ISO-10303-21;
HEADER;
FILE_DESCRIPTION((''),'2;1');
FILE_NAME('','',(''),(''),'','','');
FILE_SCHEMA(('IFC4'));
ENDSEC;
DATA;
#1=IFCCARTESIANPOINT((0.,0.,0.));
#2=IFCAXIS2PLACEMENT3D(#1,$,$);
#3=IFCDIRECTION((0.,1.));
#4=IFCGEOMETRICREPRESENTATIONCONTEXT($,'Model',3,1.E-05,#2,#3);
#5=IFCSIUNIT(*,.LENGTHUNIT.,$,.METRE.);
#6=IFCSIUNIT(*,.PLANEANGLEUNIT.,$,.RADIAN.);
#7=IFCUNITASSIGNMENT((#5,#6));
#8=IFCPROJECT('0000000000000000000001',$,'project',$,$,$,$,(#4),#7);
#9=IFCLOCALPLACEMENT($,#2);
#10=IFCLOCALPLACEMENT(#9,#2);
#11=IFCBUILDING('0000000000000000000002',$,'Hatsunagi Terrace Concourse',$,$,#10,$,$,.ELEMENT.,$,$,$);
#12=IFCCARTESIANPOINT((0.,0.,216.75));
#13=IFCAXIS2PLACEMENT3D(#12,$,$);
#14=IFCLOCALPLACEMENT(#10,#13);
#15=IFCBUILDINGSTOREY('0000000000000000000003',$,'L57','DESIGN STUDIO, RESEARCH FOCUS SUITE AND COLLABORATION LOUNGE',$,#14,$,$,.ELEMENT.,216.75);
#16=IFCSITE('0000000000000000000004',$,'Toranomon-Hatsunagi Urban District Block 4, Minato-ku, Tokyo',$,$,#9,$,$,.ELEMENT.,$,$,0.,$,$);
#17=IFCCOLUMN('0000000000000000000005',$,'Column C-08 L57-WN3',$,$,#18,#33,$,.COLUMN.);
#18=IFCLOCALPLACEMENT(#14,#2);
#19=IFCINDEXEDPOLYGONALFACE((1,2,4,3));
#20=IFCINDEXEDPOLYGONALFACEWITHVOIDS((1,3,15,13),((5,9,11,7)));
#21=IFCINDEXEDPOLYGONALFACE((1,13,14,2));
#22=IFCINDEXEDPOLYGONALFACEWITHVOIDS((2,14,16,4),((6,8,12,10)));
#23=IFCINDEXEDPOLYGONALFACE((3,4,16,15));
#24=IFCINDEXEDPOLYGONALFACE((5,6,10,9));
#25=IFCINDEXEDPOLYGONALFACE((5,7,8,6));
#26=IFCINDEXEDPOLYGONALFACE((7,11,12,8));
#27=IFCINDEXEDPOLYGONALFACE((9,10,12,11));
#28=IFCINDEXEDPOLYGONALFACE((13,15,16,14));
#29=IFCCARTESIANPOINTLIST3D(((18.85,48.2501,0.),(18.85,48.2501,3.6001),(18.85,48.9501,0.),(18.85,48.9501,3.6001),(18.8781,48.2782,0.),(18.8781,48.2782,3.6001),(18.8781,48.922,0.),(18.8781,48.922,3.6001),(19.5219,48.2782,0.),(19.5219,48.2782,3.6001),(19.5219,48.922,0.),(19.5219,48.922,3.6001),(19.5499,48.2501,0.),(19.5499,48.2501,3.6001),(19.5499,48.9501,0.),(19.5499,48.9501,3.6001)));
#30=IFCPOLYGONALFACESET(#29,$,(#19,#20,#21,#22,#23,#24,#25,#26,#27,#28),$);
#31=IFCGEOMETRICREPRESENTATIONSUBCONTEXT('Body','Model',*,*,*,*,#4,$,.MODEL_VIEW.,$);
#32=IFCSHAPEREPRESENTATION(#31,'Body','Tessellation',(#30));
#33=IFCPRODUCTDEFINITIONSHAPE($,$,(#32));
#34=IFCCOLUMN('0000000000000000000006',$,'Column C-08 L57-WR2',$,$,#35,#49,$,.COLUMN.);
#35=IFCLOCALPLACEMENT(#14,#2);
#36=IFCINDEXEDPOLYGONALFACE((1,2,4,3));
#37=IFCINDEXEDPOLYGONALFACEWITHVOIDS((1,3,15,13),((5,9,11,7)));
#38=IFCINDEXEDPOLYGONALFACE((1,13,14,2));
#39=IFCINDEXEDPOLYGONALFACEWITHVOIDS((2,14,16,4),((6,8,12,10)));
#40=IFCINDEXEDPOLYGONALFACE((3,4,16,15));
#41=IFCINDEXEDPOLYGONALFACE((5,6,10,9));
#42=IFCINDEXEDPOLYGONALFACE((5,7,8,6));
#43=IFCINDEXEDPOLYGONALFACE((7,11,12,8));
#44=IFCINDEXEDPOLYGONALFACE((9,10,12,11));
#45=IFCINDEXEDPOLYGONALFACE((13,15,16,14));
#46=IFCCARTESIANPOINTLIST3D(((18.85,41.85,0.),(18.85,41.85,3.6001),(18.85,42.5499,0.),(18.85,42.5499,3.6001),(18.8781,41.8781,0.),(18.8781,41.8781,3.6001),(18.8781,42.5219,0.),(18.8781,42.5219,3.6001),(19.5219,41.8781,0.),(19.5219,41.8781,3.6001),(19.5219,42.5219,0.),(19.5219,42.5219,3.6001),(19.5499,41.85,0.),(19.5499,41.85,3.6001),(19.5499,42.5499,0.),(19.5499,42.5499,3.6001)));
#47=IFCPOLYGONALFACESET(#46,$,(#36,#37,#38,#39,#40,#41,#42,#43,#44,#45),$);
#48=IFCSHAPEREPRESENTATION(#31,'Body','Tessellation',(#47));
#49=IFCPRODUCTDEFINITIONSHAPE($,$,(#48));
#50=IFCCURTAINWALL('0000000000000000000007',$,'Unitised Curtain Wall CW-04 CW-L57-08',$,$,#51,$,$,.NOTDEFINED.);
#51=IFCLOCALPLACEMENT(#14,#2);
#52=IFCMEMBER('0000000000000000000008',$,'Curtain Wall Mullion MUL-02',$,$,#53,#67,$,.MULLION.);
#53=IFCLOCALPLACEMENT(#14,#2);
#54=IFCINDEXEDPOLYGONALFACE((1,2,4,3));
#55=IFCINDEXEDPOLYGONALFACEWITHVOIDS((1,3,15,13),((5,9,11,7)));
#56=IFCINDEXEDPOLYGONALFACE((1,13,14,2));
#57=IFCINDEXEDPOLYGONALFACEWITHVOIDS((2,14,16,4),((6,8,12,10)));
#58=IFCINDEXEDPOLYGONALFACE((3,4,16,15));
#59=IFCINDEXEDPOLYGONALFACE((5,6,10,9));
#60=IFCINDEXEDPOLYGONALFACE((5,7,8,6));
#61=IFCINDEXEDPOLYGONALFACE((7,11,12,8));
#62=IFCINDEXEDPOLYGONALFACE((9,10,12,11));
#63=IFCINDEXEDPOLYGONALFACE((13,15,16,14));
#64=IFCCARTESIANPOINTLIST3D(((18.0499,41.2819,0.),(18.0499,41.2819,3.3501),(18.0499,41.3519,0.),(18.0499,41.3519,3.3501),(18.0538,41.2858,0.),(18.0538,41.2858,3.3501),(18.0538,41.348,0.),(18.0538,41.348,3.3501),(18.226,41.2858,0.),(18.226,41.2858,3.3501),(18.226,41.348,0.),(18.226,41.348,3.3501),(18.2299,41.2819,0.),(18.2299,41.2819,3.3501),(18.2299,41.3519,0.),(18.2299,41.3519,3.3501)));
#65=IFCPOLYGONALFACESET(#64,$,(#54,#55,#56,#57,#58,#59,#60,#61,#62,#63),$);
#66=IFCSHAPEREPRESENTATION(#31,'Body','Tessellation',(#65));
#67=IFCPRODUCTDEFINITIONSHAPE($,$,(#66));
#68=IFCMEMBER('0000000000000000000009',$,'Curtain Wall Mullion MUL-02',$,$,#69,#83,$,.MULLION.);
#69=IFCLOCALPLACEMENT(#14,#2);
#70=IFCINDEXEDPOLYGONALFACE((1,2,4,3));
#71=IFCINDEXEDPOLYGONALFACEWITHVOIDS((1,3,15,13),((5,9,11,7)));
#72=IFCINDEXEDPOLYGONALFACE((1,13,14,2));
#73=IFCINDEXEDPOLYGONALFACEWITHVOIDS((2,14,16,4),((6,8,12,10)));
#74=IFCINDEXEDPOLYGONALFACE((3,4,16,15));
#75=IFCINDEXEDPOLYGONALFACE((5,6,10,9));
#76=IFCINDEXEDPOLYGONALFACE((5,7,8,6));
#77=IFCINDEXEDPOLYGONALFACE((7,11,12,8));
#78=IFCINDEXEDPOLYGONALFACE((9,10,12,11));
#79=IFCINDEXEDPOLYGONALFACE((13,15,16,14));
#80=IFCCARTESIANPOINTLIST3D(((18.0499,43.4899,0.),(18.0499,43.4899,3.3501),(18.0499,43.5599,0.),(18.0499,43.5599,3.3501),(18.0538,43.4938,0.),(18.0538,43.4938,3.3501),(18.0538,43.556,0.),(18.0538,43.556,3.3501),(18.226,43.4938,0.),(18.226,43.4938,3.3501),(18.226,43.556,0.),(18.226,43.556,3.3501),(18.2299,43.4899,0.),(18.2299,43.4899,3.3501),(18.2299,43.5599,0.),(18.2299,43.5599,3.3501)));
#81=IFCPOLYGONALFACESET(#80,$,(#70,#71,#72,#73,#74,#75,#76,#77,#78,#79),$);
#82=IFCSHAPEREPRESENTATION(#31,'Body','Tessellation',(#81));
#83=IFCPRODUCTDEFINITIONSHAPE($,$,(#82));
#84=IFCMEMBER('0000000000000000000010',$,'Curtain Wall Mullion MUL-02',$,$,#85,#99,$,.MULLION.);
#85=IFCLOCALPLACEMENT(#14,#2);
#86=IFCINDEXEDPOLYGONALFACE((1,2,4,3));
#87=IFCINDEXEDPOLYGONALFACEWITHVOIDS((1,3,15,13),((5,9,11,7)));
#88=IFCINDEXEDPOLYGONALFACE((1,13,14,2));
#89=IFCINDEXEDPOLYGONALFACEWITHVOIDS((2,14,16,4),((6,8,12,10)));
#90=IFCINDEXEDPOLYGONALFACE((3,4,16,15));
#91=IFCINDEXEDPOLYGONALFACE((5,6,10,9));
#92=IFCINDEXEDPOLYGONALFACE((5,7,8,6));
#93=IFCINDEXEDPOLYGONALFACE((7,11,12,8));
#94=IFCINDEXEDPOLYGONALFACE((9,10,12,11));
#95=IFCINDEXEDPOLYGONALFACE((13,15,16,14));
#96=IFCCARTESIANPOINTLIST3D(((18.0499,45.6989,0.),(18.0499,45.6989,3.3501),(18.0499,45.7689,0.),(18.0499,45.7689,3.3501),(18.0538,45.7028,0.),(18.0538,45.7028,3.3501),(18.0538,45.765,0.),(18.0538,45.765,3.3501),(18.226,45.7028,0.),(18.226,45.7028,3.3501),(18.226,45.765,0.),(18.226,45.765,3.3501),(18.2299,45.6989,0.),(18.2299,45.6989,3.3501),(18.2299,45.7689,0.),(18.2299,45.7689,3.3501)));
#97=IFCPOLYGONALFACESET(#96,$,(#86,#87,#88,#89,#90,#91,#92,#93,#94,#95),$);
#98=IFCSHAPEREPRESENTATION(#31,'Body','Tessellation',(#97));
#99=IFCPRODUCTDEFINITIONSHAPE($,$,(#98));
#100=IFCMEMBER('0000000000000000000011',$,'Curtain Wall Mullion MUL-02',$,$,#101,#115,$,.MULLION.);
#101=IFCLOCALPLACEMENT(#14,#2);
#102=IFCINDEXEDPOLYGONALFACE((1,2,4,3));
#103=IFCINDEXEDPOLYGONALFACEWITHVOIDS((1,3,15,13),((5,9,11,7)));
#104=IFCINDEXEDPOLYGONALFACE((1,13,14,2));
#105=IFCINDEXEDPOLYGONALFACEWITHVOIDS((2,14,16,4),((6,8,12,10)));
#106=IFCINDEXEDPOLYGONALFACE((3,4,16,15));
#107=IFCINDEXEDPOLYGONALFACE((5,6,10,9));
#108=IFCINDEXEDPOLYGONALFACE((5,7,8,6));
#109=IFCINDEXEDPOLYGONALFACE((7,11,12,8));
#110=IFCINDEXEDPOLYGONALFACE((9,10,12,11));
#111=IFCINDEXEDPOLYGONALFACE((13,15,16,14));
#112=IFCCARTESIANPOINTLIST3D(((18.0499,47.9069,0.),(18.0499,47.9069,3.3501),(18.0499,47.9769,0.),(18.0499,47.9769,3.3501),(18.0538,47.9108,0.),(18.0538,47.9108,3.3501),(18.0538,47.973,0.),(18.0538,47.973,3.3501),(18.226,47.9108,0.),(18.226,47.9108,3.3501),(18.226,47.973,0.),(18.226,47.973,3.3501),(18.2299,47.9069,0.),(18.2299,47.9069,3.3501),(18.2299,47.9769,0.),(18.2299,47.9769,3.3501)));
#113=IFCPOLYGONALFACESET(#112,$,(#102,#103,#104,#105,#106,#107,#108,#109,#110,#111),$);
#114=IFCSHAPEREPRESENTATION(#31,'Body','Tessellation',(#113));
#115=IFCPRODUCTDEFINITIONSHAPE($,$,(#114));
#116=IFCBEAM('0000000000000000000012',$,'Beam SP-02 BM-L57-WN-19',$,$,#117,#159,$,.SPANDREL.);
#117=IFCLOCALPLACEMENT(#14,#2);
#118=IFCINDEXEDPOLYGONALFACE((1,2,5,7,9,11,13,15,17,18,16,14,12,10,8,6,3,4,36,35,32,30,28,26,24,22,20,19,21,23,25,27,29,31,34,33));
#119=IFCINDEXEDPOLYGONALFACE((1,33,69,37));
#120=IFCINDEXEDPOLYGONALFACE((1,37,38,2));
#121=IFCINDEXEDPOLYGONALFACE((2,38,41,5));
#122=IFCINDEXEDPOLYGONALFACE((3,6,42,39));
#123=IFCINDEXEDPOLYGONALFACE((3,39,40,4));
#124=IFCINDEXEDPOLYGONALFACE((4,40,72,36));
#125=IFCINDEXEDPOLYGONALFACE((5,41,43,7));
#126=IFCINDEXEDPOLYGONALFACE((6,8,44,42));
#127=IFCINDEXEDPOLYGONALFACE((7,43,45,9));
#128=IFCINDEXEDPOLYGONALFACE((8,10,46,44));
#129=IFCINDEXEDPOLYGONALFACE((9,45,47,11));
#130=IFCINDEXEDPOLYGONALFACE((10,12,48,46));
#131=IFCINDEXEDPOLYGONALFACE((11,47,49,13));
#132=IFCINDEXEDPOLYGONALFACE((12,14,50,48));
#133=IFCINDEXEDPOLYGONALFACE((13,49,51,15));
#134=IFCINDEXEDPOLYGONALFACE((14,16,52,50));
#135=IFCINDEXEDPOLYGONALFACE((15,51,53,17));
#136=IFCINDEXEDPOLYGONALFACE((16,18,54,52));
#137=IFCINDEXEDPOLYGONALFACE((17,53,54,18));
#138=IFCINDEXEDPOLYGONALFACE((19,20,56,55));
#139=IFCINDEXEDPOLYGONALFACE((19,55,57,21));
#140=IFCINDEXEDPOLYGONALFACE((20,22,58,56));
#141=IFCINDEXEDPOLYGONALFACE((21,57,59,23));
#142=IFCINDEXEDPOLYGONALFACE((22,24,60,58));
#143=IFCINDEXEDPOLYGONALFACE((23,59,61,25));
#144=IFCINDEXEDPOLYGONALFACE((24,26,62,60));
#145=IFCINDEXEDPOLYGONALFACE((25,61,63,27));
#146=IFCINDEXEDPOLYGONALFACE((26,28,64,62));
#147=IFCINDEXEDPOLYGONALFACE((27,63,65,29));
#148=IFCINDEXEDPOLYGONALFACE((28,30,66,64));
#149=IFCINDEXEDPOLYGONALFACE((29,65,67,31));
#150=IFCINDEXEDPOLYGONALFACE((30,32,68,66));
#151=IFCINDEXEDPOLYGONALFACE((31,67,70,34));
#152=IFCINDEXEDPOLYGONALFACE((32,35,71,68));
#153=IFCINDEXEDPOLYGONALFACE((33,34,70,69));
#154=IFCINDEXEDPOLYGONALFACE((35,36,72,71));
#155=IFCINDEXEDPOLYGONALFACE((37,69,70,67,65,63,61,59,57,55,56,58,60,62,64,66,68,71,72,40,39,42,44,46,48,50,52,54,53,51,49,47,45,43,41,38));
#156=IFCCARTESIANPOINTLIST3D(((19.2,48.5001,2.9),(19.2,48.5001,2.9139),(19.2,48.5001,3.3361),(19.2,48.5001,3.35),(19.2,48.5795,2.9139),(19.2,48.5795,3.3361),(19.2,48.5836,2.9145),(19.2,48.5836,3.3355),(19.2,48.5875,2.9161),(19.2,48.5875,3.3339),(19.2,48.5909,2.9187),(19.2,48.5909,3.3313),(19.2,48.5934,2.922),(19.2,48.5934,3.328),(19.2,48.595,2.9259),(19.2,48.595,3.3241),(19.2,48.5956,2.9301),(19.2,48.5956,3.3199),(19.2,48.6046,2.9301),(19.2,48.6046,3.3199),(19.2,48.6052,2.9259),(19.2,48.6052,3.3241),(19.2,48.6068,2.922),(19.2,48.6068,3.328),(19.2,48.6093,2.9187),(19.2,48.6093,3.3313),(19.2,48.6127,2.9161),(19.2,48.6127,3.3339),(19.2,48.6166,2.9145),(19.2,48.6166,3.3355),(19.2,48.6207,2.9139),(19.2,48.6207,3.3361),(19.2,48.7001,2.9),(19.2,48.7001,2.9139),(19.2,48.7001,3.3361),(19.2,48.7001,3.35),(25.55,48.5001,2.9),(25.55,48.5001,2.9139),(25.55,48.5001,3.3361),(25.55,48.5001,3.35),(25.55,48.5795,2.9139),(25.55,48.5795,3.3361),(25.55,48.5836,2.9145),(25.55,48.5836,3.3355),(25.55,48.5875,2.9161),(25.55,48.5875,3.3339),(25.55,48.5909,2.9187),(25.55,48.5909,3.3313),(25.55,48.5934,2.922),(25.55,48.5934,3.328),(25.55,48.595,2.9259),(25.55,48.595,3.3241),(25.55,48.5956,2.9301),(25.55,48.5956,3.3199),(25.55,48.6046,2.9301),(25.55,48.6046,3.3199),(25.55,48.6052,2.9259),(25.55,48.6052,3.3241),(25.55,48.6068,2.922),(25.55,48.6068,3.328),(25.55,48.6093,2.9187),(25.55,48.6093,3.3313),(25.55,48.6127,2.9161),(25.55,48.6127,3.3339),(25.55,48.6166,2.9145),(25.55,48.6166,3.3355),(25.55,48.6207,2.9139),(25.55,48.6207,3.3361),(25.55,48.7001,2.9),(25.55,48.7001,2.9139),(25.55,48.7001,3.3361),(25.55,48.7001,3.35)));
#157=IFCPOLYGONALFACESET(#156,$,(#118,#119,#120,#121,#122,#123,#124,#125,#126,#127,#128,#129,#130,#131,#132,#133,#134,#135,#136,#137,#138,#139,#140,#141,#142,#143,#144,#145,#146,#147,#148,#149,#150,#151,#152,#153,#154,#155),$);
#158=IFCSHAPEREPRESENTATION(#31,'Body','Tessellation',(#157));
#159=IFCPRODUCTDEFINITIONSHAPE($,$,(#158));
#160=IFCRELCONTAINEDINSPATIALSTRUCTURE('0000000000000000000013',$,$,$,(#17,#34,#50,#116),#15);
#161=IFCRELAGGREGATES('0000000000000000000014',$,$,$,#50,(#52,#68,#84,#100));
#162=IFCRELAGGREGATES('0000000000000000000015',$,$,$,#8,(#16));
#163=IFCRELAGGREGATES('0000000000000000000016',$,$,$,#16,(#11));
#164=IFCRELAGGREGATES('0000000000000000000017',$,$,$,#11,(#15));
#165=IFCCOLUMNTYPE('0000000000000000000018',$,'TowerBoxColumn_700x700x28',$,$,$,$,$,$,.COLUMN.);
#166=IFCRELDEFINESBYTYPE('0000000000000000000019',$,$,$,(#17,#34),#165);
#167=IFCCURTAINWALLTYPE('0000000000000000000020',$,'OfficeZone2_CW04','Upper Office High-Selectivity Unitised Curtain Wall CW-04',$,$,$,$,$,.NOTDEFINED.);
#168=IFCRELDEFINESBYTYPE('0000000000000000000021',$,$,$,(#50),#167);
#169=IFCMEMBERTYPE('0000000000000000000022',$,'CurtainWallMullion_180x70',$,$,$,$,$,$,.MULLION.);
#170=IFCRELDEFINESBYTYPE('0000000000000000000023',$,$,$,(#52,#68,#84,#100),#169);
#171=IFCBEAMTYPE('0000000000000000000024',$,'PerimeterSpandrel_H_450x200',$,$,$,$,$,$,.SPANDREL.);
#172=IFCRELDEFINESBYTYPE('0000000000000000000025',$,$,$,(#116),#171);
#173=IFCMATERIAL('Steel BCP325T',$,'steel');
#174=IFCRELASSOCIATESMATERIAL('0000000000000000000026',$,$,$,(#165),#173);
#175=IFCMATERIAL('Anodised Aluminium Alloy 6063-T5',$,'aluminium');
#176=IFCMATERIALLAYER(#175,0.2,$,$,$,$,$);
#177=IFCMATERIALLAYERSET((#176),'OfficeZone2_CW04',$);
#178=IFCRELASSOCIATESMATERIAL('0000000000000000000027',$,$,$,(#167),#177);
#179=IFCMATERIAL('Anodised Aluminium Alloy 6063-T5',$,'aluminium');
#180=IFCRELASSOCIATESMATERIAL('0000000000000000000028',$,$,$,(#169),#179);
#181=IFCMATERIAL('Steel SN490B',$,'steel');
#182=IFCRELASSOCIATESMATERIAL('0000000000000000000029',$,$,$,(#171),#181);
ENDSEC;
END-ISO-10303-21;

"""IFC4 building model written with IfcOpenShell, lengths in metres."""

from ifc_helpers import new_model, si_unit, direction, frame, origin, origin_2d, place, context, subcontext, project, spatial, hollow_rectangle, i_section, extrude, material, layer, layer_set, material_profile, profile_set, type_object, element, aggregate, save


model = new_model("IFC4")

# Units and contexts
model_context = context("Model", 3, precision=1e-05, world=origin(), true_north=direction((0.0, 1.0)))
body_context = subcontext(model_context, "Body", "Model", "MODEL_VIEW")
ifc_project = project(units=[si_unit("LENGTHUNIT", "METRE"), si_unit("PLANEANGLEUNIT", "RADIAN")], contexts=[model_context])

# Site, building, storey
site_placement = place(None, origin())
site = spatial("IfcSite", under=ifc_project, at=site_placement, Name="Toranomon-Hatsunagi Urban District Block 4, Minato-ku, Tokyo", CompositionType="ELEMENT", RefElevation=0.0)
building_placement = place(site_placement, origin())
building = spatial("IfcBuilding", under=site, at=building_placement, Name="Hatsunagi Terrace Concourse", CompositionType="ELEMENT")
storey_placement = place(building_placement, frame((0.0, 0.0, 216.75)))
storey = spatial("IfcBuildingStorey", under=building, at=storey_placement, Name="L57", Description="DESIGN STUDIO, RESEARCH FOCUS SUITE AND COLLABORATION LOUNGE", CompositionType="ELEMENT", Elevation=216.75)

# Columns
ifc_material_1 = material(Name="Steel BCP325T", Category="steel")
ifc_material_profile_1 = material_profile(ifc_material_1, hollow_rectangle(XDim=0.7, YDim=0.7, WallThickness=0.0281, at=origin_2d()), Name="BCP-700x700x28")
ifc_profile_set_1 = profile_set([ifc_material_profile_1], Name="Steel BCP325T")
column_type = type_object("IfcColumnType", Name="TowerBoxColumn_700x700x28", PredefinedType="COLUMN", material=ifc_profile_set_1)
for number, where, z_axis, x_axis, name in (
    (1, (19.2, 48.6001, 0.0), (0.0, 0.0, 1.0), (1.0, 0.0, 0.0), "Column C-08 L57-WN3"),
    (2, (19.2, 42.2, 0.0), (0.0, 0.0, 1.0), (1.0, 0.0, 0.0), "Column C-08 L57-WR2"),
):
    element("IfcColumn", number, at=place(storey_placement, frame(where, z_axis=z_axis, x_axis=x_axis)), inside=storey, type_object=column_type, Name=name, PredefinedType="COLUMN", context=body_context, shape_type="SweptSolid", body=[
        extrude(hollow_rectangle(XDim=0.7, YDim=0.7, WallThickness=0.0281, at=origin_2d()), origin(), (0.0, 0.0, 1.0), 3.6001),
    ])

# Curtain wall, members
ifc_material_2 = material(Name="Anodised Aluminium Alloy 6063-T5", Category="aluminium")
ifc_layer_1 = layer(ifc_material_2, 0.2)
ifc_layer_set_1 = layer_set([ifc_layer_1], Name="OfficeZone2_CW04")
curtain_wall_type = type_object("IfcCurtainWallType", Name="OfficeZone2_CW04", Description="Upper Office High-Selectivity Unitised Curtain Wall CW-04", PredefinedType="NOTDEFINED", material=ifc_layer_set_1)
curtain_wall_placement = place(storey_placement, origin())
curtain_wall = element("IfcCurtainWall", 3, at=curtain_wall_placement, inside=storey, type_object=curtain_wall_type, Name="Unitised Curtain Wall CW-04 CW-L57-08", PredefinedType="NOTDEFINED")
ifc_material_3 = material(Name="Anodised Aluminium Alloy 6063-T5", Category="aluminium")
ifc_material_profile_2 = material_profile(ifc_material_3, hollow_rectangle(XDim=0.0701, YDim=0.1799, WallThickness=0.0039, at=origin_2d()), Name="ALU-MUL-180x70x4")
ifc_profile_set_2 = profile_set([ifc_material_profile_2], Name="Anodised Aluminium Alloy 6063-T5")
member_type = type_object("IfcMemberType", Name="CurtainWallMullion_180x70", PredefinedType="MULLION", material=ifc_profile_set_2)
member_1_placement = place(storey_placement, frame((18.1399, 41.3169, 0.0), z_axis=(0.0, 0.0, 1.0), x_axis=(0.0, 1.0, 0.0)))
member_1 = element("IfcMember", 4, at=member_1_placement, type_object=member_type, Name="Curtain Wall Mullion MUL-02", PredefinedType="MULLION", context=body_context, shape_type="SweptSolid", body=[
    extrude(hollow_rectangle(XDim=0.0701, YDim=0.1799, WallThickness=0.0039, at=origin_2d()), origin(), (0.0, 0.0, 1.0), 3.3501),
])
member_2_placement = place(storey_placement, frame((18.1399, 43.5249, 0.0), z_axis=(0.0, 0.0, 1.0), x_axis=(0.0, 1.0, 0.0)))
member_2 = element("IfcMember", 5, at=member_2_placement, type_object=member_type, Name="Curtain Wall Mullion MUL-02", PredefinedType="MULLION", context=body_context, shape_type="SweptSolid", body=[
    extrude(hollow_rectangle(XDim=0.0701, YDim=0.1799, WallThickness=0.0039, at=origin_2d()), origin(), (0.0, 0.0, 1.0), 3.3501),
])
member_3_placement = place(storey_placement, frame((18.1399, 45.7339, 0.0), z_axis=(0.0, 0.0, 1.0), x_axis=(0.0, 1.0, 0.0)))
member_3 = element("IfcMember", 6, at=member_3_placement, type_object=member_type, Name="Curtain Wall Mullion MUL-02", PredefinedType="MULLION", context=body_context, shape_type="SweptSolid", body=[
    extrude(hollow_rectangle(XDim=0.0701, YDim=0.1799, WallThickness=0.0039, at=origin_2d()), origin(), (0.0, 0.0, 1.0), 3.3501),
])
member_4_placement = place(storey_placement, frame((18.1399, 47.9419, 0.0), z_axis=(0.0, 0.0, 1.0), x_axis=(0.0, 1.0, 0.0)))
member_4 = element("IfcMember", 7, at=member_4_placement, type_object=member_type, Name="Curtain Wall Mullion MUL-02", PredefinedType="MULLION", context=body_context, shape_type="SweptSolid", body=[
    extrude(hollow_rectangle(XDim=0.0701, YDim=0.1799, WallThickness=0.0039, at=origin_2d()), origin(), (0.0, 0.0, 1.0), 3.3501),
])

# Beam
ifc_material_4 = material(Name="Steel SN490B", Category="steel")
ifc_material_profile_3 = material_profile(ifc_material_4, i_section(OverallWidth=0.2, OverallDepth=0.45, WebThickness=0.009, FlangeThickness=0.0139, FilletRadius=0.0161, at=origin_2d()), Name="H-450x200x9x14")
ifc_profile_set_3 = profile_set([ifc_material_profile_3], Name="Steel SN490B")
beam_type = type_object("IfcBeamType", Name="PerimeterSpandrel_H_450x200", PredefinedType="SPANDREL", material=ifc_profile_set_3)
beam_1_placement = place(storey_placement, frame((19.2, 48.6001, 3.125), z_axis=(1.0, 0.0, 0.0), x_axis=(0.0, 1.0, 0.0)))
element("IfcBeam", 8, at=beam_1_placement, inside=storey, type_object=beam_type, Name="Beam SP-02 BM-L57-WN-19", PredefinedType="SPANDREL", context=body_context, shape_type="SweptSolid", body=[
    extrude(i_section(OverallWidth=0.2, OverallDepth=0.45, WebThickness=0.009, FlangeThickness=0.0139, FilletRadius=0.0161, at=origin_2d()), origin(), (0.0, 0.0, 1.0), 6.3501),
])

aggregate(curtain_wall, [member_1, member_2, member_3, member_4])

save(model, "model.ifc")
